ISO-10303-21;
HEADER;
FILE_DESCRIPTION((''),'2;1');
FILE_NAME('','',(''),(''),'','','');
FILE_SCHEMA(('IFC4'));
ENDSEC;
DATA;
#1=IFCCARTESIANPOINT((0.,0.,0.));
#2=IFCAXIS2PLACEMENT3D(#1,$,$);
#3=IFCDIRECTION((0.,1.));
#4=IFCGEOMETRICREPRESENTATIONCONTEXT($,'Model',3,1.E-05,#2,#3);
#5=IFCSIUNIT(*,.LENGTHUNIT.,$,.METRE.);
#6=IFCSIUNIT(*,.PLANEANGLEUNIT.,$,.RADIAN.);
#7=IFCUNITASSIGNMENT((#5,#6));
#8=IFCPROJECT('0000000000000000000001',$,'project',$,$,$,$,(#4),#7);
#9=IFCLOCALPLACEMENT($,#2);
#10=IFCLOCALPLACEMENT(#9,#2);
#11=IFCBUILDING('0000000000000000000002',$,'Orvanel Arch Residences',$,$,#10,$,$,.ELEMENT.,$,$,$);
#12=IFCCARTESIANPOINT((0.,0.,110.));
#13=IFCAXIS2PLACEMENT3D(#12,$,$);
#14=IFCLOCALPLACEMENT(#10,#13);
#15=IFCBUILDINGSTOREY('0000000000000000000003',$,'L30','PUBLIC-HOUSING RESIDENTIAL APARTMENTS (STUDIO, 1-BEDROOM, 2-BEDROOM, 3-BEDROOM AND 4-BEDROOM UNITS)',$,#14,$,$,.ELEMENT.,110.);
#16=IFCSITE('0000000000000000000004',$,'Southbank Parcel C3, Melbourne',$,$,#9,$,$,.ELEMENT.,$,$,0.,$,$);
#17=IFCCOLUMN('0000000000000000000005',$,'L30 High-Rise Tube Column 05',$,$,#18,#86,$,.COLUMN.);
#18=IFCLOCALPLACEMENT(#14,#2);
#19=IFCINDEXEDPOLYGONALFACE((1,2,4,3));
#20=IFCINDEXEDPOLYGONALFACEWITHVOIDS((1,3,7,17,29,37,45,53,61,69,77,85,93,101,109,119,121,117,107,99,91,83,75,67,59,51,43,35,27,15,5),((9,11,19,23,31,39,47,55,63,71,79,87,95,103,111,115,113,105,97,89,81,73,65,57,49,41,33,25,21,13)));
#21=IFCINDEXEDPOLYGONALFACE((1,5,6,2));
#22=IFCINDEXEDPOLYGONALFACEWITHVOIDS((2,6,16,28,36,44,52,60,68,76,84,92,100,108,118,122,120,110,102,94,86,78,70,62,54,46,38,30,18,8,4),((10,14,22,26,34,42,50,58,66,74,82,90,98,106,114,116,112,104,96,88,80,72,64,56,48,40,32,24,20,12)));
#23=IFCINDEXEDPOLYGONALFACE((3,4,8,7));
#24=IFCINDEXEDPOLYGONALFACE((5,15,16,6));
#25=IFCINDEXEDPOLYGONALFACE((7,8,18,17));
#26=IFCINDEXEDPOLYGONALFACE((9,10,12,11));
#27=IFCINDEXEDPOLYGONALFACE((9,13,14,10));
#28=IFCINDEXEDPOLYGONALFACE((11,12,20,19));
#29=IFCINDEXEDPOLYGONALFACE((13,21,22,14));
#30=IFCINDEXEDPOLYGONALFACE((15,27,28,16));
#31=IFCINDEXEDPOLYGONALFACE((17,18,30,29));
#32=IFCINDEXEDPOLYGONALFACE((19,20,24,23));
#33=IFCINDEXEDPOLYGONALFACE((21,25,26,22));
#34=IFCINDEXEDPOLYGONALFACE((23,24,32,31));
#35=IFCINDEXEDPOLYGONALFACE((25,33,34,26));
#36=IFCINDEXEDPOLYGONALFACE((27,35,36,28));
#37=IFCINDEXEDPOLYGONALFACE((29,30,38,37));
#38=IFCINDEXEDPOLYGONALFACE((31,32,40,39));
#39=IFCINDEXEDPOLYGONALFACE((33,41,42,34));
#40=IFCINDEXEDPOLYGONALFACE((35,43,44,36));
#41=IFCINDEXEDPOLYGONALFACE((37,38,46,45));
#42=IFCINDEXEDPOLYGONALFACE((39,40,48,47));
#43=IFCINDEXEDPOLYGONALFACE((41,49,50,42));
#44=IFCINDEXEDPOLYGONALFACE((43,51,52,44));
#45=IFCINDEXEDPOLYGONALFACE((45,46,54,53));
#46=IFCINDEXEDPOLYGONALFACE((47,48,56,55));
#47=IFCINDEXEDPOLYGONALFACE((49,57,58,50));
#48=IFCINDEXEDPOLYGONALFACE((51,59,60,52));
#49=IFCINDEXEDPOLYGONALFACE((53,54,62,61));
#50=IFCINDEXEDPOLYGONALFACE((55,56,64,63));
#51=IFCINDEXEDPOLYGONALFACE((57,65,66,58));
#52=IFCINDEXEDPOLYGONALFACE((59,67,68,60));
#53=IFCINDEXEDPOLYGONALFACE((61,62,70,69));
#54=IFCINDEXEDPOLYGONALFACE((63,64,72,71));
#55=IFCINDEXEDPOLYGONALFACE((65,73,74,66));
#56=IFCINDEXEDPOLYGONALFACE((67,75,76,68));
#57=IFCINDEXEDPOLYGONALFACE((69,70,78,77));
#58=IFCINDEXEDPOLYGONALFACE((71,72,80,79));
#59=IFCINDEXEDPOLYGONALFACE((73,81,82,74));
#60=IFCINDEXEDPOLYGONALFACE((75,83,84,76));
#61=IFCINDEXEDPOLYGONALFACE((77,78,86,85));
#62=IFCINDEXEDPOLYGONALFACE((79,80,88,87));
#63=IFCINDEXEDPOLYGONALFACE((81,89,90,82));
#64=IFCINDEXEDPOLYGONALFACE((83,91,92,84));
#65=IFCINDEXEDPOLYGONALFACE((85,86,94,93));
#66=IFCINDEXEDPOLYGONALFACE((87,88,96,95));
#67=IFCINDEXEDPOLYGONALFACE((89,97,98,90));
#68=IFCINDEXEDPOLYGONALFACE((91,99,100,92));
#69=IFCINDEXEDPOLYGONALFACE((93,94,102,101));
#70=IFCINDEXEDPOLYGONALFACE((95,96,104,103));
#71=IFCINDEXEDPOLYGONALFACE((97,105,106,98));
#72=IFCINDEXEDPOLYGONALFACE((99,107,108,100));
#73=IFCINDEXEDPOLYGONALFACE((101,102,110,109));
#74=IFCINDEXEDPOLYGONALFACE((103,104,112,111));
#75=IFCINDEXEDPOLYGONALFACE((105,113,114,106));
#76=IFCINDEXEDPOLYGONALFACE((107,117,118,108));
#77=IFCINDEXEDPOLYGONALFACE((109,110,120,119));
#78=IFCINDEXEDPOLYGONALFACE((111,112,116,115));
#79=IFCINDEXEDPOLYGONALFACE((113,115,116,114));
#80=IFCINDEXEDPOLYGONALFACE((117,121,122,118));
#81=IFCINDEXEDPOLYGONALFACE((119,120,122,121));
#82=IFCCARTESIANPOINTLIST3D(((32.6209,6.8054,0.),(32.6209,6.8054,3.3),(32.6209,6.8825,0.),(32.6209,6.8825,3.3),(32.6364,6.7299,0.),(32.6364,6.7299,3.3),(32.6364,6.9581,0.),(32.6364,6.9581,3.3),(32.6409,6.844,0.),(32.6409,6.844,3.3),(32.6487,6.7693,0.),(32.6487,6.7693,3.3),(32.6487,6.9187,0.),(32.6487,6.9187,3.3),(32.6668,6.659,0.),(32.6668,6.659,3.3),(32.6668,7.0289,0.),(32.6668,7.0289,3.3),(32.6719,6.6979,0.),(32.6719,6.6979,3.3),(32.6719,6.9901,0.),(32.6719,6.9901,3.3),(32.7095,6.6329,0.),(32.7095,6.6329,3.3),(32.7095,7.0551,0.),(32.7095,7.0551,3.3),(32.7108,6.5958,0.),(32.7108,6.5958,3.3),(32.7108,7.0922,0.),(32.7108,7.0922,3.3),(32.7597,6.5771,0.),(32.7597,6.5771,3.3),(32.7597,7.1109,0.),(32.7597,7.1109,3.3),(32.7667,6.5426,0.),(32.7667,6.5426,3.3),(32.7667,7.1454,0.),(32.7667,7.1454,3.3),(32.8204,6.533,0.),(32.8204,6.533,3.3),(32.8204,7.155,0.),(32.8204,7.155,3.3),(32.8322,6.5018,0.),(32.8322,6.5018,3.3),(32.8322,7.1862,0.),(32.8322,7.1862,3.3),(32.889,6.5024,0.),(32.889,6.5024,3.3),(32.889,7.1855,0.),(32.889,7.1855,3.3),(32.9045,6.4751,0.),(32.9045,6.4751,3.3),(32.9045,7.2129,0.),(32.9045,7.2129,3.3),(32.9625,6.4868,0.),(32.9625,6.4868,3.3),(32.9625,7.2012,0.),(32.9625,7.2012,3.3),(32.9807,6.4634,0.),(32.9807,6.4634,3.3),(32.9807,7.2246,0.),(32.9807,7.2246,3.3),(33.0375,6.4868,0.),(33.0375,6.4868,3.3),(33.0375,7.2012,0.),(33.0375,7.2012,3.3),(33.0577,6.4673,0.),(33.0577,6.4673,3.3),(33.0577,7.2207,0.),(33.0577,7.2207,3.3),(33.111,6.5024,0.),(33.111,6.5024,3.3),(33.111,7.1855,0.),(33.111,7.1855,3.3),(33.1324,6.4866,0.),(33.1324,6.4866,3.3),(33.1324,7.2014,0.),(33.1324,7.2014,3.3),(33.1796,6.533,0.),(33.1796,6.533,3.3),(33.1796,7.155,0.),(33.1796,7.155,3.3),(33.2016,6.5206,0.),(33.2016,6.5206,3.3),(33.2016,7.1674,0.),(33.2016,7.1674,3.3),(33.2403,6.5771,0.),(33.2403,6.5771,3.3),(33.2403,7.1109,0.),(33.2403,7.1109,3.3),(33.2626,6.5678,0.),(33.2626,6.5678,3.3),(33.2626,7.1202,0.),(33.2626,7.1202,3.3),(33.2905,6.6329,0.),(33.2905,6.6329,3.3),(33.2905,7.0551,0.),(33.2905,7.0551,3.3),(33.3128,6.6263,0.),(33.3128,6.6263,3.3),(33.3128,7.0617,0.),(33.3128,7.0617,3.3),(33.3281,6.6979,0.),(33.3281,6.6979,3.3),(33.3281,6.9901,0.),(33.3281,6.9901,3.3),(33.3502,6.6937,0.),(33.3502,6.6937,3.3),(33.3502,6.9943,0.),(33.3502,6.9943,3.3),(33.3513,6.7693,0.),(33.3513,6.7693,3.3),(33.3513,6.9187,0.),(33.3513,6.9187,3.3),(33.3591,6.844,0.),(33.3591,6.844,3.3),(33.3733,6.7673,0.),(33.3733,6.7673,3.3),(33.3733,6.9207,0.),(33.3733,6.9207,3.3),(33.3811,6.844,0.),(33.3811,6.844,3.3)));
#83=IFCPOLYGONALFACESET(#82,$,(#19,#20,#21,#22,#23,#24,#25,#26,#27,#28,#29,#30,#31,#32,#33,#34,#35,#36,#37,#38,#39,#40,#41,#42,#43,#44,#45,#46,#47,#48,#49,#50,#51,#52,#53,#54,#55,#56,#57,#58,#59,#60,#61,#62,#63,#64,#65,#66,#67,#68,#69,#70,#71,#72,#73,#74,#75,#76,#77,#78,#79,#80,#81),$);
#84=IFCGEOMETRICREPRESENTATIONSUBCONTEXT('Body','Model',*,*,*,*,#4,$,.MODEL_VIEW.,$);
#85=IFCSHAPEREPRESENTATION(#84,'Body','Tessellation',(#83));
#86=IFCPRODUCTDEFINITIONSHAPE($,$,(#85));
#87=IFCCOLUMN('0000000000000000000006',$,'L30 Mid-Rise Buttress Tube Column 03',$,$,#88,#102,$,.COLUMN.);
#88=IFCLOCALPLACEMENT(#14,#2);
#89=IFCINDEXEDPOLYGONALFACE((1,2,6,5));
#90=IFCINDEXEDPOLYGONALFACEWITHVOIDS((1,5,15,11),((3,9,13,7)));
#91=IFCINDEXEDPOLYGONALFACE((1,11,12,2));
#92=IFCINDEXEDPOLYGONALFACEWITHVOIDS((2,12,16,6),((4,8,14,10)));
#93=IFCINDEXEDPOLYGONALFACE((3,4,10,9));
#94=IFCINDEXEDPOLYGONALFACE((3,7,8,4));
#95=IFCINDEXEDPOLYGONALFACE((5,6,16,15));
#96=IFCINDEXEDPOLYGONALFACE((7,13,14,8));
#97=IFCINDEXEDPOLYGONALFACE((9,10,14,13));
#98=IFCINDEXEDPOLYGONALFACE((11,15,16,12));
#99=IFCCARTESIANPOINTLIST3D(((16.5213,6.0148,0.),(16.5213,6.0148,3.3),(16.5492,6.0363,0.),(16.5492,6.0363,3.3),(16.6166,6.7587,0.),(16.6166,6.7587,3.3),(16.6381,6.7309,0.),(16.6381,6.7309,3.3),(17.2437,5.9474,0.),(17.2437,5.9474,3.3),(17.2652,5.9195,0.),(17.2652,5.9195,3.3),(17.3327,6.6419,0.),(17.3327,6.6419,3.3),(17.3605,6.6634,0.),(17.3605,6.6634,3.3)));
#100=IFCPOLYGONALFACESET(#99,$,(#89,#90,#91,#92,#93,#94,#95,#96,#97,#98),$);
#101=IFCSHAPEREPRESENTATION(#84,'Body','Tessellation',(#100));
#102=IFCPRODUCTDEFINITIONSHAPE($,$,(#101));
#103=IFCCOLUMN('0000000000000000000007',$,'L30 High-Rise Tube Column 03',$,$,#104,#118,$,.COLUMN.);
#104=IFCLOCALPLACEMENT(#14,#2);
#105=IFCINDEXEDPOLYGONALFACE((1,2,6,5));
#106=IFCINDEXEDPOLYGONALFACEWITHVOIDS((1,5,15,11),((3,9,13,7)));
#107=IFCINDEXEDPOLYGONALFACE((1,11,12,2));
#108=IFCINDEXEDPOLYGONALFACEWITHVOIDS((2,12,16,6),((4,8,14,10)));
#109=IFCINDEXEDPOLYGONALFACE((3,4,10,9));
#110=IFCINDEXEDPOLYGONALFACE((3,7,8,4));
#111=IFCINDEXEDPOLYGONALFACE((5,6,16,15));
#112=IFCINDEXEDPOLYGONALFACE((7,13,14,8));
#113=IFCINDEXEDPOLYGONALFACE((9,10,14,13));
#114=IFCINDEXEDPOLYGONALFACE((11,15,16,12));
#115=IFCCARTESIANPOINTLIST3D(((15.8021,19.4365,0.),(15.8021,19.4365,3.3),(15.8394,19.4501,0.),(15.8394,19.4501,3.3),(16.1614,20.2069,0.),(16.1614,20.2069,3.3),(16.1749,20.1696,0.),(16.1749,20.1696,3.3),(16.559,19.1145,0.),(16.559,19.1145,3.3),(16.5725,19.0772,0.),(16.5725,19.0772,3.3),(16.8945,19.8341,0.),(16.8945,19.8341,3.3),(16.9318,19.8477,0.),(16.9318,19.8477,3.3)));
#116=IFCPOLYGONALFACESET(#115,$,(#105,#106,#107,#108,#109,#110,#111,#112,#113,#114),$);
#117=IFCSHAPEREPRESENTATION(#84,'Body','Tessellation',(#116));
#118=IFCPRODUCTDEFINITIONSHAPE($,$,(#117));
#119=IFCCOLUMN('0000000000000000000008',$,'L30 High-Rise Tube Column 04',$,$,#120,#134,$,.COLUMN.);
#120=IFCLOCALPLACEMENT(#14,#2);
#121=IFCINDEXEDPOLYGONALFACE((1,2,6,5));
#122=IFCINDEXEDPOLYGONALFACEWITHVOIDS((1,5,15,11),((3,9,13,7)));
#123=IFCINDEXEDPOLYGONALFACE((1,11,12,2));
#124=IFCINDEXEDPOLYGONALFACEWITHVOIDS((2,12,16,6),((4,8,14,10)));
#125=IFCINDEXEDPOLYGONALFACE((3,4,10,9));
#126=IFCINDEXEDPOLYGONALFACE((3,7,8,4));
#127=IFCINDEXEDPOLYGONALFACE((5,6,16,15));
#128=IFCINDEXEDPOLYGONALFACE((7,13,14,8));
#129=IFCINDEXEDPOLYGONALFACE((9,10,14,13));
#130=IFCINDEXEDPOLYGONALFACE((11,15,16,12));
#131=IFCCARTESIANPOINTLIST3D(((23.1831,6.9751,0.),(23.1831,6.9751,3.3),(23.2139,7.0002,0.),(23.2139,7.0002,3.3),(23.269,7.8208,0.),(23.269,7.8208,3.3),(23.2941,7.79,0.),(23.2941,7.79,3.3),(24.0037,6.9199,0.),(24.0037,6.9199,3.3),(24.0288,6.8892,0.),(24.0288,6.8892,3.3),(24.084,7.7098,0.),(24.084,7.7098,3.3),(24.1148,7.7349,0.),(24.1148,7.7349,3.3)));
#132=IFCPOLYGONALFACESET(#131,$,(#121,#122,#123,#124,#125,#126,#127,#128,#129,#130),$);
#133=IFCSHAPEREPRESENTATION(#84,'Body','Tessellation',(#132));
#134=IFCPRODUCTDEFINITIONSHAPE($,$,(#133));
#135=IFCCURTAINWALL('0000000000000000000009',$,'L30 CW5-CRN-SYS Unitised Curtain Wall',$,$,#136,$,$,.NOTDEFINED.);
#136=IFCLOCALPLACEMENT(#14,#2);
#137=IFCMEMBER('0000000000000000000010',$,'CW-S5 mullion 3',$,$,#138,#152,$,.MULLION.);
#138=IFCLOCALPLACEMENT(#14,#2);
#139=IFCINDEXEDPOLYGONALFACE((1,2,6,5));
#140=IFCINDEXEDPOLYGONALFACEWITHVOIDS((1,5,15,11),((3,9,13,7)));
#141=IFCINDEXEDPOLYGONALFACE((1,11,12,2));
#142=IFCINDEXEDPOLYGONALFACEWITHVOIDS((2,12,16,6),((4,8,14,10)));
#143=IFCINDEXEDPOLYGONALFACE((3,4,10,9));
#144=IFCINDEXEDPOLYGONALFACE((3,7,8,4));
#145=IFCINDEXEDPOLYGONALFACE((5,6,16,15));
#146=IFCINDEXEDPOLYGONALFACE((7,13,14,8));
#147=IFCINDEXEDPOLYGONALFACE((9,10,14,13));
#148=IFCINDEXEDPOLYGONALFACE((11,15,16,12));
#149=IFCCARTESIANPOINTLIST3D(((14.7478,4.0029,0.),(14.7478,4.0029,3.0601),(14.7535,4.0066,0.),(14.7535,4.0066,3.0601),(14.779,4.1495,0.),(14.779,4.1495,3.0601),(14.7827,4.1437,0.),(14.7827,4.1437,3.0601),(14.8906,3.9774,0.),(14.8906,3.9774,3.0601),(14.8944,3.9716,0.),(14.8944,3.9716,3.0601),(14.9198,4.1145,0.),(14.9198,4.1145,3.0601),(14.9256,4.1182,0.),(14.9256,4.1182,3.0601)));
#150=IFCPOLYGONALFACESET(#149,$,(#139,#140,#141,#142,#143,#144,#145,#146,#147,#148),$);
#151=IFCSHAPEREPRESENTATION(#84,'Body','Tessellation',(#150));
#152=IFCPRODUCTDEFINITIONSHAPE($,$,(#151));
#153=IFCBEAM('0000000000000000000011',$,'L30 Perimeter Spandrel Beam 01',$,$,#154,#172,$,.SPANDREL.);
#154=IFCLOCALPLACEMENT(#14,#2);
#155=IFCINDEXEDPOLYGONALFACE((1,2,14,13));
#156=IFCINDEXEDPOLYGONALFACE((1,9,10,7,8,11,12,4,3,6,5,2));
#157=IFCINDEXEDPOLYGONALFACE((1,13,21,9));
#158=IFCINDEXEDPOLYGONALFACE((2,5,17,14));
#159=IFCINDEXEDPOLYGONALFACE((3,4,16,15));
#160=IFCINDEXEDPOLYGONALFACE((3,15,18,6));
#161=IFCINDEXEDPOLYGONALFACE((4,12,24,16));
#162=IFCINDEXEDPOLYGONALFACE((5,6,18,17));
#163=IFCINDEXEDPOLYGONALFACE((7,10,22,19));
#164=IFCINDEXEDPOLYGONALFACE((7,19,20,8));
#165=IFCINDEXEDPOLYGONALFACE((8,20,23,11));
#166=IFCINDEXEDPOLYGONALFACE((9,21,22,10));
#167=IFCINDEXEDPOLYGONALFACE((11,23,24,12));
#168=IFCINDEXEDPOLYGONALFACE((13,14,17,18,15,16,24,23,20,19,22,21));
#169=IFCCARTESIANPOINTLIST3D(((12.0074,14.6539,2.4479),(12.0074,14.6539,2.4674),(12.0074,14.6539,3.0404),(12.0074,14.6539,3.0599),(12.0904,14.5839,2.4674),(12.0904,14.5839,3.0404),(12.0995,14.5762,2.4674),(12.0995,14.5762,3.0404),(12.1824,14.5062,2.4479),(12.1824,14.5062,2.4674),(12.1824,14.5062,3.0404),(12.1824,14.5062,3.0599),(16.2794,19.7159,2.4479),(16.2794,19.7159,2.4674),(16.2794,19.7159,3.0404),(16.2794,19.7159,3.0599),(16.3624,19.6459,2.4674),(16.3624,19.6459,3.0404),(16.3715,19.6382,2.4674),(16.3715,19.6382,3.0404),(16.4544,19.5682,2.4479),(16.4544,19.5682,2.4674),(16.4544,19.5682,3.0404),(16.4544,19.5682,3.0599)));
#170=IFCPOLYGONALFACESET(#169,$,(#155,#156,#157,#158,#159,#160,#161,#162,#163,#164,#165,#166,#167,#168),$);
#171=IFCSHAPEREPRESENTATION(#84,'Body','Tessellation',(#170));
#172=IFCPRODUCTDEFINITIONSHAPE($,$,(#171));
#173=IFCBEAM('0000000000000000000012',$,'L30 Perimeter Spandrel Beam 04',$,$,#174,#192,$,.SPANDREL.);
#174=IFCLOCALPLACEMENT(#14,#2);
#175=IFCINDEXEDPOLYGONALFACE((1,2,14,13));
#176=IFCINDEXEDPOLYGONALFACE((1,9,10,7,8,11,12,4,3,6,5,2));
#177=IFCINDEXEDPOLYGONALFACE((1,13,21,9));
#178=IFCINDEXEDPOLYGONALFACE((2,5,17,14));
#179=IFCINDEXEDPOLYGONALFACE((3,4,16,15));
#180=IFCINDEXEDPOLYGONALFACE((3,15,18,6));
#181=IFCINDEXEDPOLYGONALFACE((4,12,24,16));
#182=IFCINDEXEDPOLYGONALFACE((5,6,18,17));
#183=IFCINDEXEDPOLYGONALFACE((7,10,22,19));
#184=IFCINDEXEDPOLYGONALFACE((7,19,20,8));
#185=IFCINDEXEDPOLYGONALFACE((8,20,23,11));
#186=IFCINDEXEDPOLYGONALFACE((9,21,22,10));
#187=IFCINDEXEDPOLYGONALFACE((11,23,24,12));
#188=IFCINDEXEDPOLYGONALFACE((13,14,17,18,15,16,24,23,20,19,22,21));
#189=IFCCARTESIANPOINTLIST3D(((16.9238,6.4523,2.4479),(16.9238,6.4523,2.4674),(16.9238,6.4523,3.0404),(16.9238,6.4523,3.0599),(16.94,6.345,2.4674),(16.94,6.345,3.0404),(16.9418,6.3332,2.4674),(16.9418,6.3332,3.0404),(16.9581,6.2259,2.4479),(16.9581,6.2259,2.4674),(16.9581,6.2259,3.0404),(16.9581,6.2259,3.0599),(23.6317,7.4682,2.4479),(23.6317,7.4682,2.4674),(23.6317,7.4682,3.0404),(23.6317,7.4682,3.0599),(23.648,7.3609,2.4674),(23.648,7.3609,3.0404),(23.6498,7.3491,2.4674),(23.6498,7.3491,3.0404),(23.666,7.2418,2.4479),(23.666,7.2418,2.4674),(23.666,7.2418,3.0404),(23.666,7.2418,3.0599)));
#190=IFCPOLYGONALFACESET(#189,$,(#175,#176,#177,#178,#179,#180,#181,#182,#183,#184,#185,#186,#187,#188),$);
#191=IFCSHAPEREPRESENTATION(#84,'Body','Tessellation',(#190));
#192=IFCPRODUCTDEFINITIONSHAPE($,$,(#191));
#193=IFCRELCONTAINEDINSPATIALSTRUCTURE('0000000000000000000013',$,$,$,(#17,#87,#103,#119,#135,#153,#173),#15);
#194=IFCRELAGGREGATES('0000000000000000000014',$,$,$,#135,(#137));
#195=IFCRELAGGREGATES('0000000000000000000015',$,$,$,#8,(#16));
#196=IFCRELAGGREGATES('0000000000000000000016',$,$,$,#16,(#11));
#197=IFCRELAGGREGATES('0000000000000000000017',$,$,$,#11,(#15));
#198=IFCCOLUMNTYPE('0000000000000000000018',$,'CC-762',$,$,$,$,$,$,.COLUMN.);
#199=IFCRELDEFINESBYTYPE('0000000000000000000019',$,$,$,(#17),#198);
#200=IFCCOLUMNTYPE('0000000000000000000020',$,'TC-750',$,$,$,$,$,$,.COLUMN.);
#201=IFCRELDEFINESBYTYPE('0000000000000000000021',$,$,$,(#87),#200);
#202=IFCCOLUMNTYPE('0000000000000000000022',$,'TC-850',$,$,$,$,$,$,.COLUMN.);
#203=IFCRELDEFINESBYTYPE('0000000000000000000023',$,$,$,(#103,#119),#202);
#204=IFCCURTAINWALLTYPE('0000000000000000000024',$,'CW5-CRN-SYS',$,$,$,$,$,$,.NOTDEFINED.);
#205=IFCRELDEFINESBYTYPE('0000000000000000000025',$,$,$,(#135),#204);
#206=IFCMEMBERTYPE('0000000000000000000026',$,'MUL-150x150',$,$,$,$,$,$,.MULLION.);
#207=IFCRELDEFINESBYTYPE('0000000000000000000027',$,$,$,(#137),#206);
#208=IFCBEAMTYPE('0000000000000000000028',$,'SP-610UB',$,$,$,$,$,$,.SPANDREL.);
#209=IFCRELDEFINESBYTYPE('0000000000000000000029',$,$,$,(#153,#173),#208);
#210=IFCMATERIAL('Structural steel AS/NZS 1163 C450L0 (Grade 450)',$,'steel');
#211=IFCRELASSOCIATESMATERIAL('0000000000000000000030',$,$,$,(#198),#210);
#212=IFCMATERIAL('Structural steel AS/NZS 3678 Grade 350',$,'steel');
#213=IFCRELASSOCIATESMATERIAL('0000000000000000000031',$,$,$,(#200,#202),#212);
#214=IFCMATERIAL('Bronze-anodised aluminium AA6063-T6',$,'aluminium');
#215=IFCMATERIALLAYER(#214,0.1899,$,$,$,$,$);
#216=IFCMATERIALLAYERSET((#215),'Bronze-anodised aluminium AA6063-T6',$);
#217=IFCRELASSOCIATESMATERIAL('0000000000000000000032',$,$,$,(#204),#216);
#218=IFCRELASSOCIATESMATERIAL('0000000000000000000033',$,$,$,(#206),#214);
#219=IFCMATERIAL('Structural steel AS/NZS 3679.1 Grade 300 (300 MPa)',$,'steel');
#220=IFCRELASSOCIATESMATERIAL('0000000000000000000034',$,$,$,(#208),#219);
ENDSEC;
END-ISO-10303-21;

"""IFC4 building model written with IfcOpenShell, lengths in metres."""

from ifc_helpers import new_model, si_unit, direction, frame, origin, origin_2d, place, context, subcontext, project, spatial, hollow_rectangle, hollow_circle, i_section, extrude, material, layer, layer_set, material_profile, profile_set, type_object, element, aggregate, save


model = new_model("IFC4")

# Units and contexts
model_context = context("Model", 3, precision=1e-05, world=origin(), true_north=direction((0.0, 1.0)))
body_context = subcontext(model_context, "Body", "Model", "MODEL_VIEW")
ifc_project = project(units=[si_unit("LENGTHUNIT", "METRE"), si_unit("PLANEANGLEUNIT", "RADIAN")], contexts=[model_context])

# Site, building, storey
site_placement = place(None, origin())
site = spatial("IfcSite", under=ifc_project, at=site_placement, Name="Southbank Parcel C3, Melbourne", CompositionType="ELEMENT", RefElevation=0.0)
building_placement = place(site_placement, origin())
building = spatial("IfcBuilding", under=site, at=building_placement, Name="Orvanel Arch Residences", CompositionType="ELEMENT")
storey_placement = place(building_placement, frame((0.0, 0.0, 110.0)))
storey = spatial("IfcBuildingStorey", under=building, at=storey_placement, Name="L30", Description="PUBLIC-HOUSING RESIDENTIAL APARTMENTS (STUDIO, 1-BEDROOM, 2-BEDROOM, 3-BEDROOM AND 4-BEDROOM UNITS)", CompositionType="ELEMENT", Elevation=110.0)

# Columns
ifc_material_1 = material(Name="Structural steel AS/NZS 1163 C450L0 (Grade 450)", Category="steel")
ifc_material_profile_1 = material_profile(ifc_material_1, hollow_circle(Radius=0.3811, WallThickness=0.022, at=origin_2d()), Name="CHS762x22")
ifc_profile_set_1 = profile_set([ifc_material_profile_1], Name="Structural steel AS/NZS 1163 C450L0 (Grade 450)")
column_type_1 = type_object("IfcColumnType", Name="CC-762", PredefinedType="COLUMN", material=ifc_profile_set_1)
column_1_placement = place(storey_placement, frame((33.0, 6.844, 0.0), z_axis=(0.0, 0.0, 1.0), x_axis=(1.0, 0.0, 0.0)))
element("IfcColumn", 1, at=column_1_placement, inside=storey, type_object=column_type_1, Name="L30 High-Rise Tube Column 05", PredefinedType="COLUMN", context=body_context, shape_type="SweptSolid", body=[
    extrude(hollow_circle(Radius=0.3811, WallThickness=0.022, at=origin_2d()), origin(), (0.0, 0.0, 1.0), 3.3),
])
ifc_material_2 = material(Name="Structural steel AS/NZS 3678 Grade 350", Category="steel")
ifc_material_profile_2 = material_profile(ifc_material_2, hollow_rectangle(XDim=0.75, YDim=0.75, WallThickness=0.0249, at=origin_2d()), Name="BOX750x750x25")
ifc_profile_set_2 = profile_set([ifc_material_profile_2], Name="Structural steel AS/NZS 3678 Grade 350")
column_type_2 = type_object("IfcColumnType", Name="TC-750", PredefinedType="COLUMN", material=ifc_profile_set_2)
column_2_placement = place(storey_placement, frame((16.9409, 6.3391, 0.0), z_axis=(0.0, 0.0, 1.0), x_axis=(-0.991894, 0.127065, 0.0)))
element("IfcColumn", 2, at=column_2_placement, inside=storey, type_object=column_type_2, Name="L30 Mid-Rise Buttress Tube Column 03", PredefinedType="COLUMN", context=body_context, shape_type="SweptSolid", body=[
    extrude(hollow_rectangle(XDim=0.75, YDim=0.75, WallThickness=0.0249, at=origin_2d()), origin(), (0.0, 0.0, 1.0), 3.3),
])
ifc_material_profile_3 = material_profile(ifc_material_2, hollow_rectangle(XDim=0.8501, YDim=0.8501, WallThickness=0.0281, at=origin_2d()), Name="BOX850x850x28")
ifc_profile_set_3 = profile_set([ifc_material_profile_3], Name="Structural steel AS/NZS 3678 Grade 350")
column_type_3 = type_object("IfcColumnType", Name="TC-850", PredefinedType="COLUMN", material=ifc_profile_set_3)
for number, where, z_axis, x_axis, name in (
    (3, (16.3669, 19.6421, 0.0), (0.0, 0.0, 1.0), (0.422618, 0.906308, 0.0), "L30 High-Rise Tube Column 03"),
    (4, (23.6489, 7.355, 0.0), (0.0, 0.0, 1.0), (-0.994881, 0.101056, 0.0), "L30 High-Rise Tube Column 04"),
):
    element("IfcColumn", number, at=place(storey_placement, frame(where, z_axis=z_axis, x_axis=x_axis)), inside=storey, type_object=column_type_3, Name=name, PredefinedType="COLUMN", context=body_context, shape_type="SweptSolid", body=[
        extrude(hollow_rectangle(XDim=0.8501, YDim=0.8501, WallThickness=0.0281, at=origin_2d()), origin(), (0.0, 0.0, 1.0), 3.3),
    ])

# Curtain wall, member
ifc_material_3 = material(Name="Bronze-anodised aluminium AA6063-T6", Category="aluminium")
ifc_layer_1 = layer(ifc_material_3, 0.1899)
ifc_layer_set_1 = layer_set([ifc_layer_1], Name="Bronze-anodised aluminium AA6063-T6")
curtain_wall_type = type_object("IfcCurtainWallType", Name="CW5-CRN-SYS", PredefinedType="NOTDEFINED", material=ifc_layer_set_1)
curtain_wall_placement = place(storey_placement, origin())
curtain_wall = element("IfcCurtainWall", 5, at=curtain_wall_placement, inside=storey, type_object=curtain_wall_type, Name="L30 CW5-CRN-SYS Unitised Curtain Wall", PredefinedType="NOTDEFINED")
ifc_material_profile_4 = material_profile(ifc_material_3, hollow_rectangle(XDim=0.1499, YDim=0.1499, WallThickness=0.0049, at=origin_2d()), Name="ALU150x150x5")
ifc_profile_set_4 = profile_set([ifc_material_profile_4], Name="Bronze-anodised aluminium AA6063-T6")
member_type = type_object("IfcMemberType", Name="MUL-150x150", PredefinedType="MULLION", material=ifc_profile_set_4)
member_placement = place(storey_placement, frame((14.8367, 4.0605, 0.0), z_axis=(0.0, 0.0, 1.0), x_axis=(0.208295, 0.978066, 0.0)))
member = element("IfcMember", 6, at=member_placement, type_object=member_type, Name="CW-S5 mullion 3", PredefinedType="MULLION", context=body_context, shape_type="SweptSolid", body=[
    extrude(hollow_rectangle(XDim=0.1499, YDim=0.1499, WallThickness=0.0049, at=origin_2d()), origin(), (0.0, 0.0, 1.0), 3.0601),
])
aggregate(curtain_wall, [member])

# Beams
ifc_material_4 = material(Name="Structural steel AS/NZS 3679.1 Grade 300 (300 MPa)", Category="steel")
ifc_material_profile_5 = material_profile(ifc_material_4, i_section(OverallWidth=0.229, OverallDepth=0.6121, WebThickness=0.012, FlangeThickness=0.0195, at=origin_2d()), Name="610UB125")
ifc_profile_set_5 = profile_set([ifc_material_profile_5], Name="Structural steel AS/NZS 3679.1 Grade 300 (300 MPa)")
beam_type = type_object("IfcBeamType", Name="SP-610UB", PredefinedType="SPANDREL", material=ifc_profile_set_5)
beam_1_placement = place(storey_placement, frame((16.3669, 19.6421, 2.7539), z_axis=(-0.64495, -0.764224, 0.0), x_axis=(0.764224, -0.64495, 0.0)))
element("IfcBeam", 7, at=beam_1_placement, inside=storey, type_object=beam_type, Name="L30 Perimeter Spandrel Beam 01", PredefinedType="SPANDREL", context=body_context, shape_type="SweptSolid", body=[
    extrude(i_section(OverallWidth=0.229, OverallDepth=0.6121, WebThickness=0.012, FlangeThickness=0.0195, at=origin_2d()), origin(), (0.0, 0.0, 1.0), 6.6238),
])
beam_2_placement = place(storey_placement, frame((16.9409, 6.3391, 2.7539), z_axis=(0.988726, 0.149734, 0.0), x_axis=(-0.149734, 0.988726, 0.0)))
element("IfcBeam", 8, at=beam_2_placement, inside=storey, type_object=beam_type, Name="L30 Perimeter Spandrel Beam 04", PredefinedType="SPANDREL", context=body_context, shape_type="SweptSolid", body=[
    extrude(i_section(OverallWidth=0.229, OverallDepth=0.6121, WebThickness=0.012, FlangeThickness=0.0195, at=origin_2d()), origin(), (0.0, 0.0, 1.0), 6.7844),
])

save(model, "model.ifc")
